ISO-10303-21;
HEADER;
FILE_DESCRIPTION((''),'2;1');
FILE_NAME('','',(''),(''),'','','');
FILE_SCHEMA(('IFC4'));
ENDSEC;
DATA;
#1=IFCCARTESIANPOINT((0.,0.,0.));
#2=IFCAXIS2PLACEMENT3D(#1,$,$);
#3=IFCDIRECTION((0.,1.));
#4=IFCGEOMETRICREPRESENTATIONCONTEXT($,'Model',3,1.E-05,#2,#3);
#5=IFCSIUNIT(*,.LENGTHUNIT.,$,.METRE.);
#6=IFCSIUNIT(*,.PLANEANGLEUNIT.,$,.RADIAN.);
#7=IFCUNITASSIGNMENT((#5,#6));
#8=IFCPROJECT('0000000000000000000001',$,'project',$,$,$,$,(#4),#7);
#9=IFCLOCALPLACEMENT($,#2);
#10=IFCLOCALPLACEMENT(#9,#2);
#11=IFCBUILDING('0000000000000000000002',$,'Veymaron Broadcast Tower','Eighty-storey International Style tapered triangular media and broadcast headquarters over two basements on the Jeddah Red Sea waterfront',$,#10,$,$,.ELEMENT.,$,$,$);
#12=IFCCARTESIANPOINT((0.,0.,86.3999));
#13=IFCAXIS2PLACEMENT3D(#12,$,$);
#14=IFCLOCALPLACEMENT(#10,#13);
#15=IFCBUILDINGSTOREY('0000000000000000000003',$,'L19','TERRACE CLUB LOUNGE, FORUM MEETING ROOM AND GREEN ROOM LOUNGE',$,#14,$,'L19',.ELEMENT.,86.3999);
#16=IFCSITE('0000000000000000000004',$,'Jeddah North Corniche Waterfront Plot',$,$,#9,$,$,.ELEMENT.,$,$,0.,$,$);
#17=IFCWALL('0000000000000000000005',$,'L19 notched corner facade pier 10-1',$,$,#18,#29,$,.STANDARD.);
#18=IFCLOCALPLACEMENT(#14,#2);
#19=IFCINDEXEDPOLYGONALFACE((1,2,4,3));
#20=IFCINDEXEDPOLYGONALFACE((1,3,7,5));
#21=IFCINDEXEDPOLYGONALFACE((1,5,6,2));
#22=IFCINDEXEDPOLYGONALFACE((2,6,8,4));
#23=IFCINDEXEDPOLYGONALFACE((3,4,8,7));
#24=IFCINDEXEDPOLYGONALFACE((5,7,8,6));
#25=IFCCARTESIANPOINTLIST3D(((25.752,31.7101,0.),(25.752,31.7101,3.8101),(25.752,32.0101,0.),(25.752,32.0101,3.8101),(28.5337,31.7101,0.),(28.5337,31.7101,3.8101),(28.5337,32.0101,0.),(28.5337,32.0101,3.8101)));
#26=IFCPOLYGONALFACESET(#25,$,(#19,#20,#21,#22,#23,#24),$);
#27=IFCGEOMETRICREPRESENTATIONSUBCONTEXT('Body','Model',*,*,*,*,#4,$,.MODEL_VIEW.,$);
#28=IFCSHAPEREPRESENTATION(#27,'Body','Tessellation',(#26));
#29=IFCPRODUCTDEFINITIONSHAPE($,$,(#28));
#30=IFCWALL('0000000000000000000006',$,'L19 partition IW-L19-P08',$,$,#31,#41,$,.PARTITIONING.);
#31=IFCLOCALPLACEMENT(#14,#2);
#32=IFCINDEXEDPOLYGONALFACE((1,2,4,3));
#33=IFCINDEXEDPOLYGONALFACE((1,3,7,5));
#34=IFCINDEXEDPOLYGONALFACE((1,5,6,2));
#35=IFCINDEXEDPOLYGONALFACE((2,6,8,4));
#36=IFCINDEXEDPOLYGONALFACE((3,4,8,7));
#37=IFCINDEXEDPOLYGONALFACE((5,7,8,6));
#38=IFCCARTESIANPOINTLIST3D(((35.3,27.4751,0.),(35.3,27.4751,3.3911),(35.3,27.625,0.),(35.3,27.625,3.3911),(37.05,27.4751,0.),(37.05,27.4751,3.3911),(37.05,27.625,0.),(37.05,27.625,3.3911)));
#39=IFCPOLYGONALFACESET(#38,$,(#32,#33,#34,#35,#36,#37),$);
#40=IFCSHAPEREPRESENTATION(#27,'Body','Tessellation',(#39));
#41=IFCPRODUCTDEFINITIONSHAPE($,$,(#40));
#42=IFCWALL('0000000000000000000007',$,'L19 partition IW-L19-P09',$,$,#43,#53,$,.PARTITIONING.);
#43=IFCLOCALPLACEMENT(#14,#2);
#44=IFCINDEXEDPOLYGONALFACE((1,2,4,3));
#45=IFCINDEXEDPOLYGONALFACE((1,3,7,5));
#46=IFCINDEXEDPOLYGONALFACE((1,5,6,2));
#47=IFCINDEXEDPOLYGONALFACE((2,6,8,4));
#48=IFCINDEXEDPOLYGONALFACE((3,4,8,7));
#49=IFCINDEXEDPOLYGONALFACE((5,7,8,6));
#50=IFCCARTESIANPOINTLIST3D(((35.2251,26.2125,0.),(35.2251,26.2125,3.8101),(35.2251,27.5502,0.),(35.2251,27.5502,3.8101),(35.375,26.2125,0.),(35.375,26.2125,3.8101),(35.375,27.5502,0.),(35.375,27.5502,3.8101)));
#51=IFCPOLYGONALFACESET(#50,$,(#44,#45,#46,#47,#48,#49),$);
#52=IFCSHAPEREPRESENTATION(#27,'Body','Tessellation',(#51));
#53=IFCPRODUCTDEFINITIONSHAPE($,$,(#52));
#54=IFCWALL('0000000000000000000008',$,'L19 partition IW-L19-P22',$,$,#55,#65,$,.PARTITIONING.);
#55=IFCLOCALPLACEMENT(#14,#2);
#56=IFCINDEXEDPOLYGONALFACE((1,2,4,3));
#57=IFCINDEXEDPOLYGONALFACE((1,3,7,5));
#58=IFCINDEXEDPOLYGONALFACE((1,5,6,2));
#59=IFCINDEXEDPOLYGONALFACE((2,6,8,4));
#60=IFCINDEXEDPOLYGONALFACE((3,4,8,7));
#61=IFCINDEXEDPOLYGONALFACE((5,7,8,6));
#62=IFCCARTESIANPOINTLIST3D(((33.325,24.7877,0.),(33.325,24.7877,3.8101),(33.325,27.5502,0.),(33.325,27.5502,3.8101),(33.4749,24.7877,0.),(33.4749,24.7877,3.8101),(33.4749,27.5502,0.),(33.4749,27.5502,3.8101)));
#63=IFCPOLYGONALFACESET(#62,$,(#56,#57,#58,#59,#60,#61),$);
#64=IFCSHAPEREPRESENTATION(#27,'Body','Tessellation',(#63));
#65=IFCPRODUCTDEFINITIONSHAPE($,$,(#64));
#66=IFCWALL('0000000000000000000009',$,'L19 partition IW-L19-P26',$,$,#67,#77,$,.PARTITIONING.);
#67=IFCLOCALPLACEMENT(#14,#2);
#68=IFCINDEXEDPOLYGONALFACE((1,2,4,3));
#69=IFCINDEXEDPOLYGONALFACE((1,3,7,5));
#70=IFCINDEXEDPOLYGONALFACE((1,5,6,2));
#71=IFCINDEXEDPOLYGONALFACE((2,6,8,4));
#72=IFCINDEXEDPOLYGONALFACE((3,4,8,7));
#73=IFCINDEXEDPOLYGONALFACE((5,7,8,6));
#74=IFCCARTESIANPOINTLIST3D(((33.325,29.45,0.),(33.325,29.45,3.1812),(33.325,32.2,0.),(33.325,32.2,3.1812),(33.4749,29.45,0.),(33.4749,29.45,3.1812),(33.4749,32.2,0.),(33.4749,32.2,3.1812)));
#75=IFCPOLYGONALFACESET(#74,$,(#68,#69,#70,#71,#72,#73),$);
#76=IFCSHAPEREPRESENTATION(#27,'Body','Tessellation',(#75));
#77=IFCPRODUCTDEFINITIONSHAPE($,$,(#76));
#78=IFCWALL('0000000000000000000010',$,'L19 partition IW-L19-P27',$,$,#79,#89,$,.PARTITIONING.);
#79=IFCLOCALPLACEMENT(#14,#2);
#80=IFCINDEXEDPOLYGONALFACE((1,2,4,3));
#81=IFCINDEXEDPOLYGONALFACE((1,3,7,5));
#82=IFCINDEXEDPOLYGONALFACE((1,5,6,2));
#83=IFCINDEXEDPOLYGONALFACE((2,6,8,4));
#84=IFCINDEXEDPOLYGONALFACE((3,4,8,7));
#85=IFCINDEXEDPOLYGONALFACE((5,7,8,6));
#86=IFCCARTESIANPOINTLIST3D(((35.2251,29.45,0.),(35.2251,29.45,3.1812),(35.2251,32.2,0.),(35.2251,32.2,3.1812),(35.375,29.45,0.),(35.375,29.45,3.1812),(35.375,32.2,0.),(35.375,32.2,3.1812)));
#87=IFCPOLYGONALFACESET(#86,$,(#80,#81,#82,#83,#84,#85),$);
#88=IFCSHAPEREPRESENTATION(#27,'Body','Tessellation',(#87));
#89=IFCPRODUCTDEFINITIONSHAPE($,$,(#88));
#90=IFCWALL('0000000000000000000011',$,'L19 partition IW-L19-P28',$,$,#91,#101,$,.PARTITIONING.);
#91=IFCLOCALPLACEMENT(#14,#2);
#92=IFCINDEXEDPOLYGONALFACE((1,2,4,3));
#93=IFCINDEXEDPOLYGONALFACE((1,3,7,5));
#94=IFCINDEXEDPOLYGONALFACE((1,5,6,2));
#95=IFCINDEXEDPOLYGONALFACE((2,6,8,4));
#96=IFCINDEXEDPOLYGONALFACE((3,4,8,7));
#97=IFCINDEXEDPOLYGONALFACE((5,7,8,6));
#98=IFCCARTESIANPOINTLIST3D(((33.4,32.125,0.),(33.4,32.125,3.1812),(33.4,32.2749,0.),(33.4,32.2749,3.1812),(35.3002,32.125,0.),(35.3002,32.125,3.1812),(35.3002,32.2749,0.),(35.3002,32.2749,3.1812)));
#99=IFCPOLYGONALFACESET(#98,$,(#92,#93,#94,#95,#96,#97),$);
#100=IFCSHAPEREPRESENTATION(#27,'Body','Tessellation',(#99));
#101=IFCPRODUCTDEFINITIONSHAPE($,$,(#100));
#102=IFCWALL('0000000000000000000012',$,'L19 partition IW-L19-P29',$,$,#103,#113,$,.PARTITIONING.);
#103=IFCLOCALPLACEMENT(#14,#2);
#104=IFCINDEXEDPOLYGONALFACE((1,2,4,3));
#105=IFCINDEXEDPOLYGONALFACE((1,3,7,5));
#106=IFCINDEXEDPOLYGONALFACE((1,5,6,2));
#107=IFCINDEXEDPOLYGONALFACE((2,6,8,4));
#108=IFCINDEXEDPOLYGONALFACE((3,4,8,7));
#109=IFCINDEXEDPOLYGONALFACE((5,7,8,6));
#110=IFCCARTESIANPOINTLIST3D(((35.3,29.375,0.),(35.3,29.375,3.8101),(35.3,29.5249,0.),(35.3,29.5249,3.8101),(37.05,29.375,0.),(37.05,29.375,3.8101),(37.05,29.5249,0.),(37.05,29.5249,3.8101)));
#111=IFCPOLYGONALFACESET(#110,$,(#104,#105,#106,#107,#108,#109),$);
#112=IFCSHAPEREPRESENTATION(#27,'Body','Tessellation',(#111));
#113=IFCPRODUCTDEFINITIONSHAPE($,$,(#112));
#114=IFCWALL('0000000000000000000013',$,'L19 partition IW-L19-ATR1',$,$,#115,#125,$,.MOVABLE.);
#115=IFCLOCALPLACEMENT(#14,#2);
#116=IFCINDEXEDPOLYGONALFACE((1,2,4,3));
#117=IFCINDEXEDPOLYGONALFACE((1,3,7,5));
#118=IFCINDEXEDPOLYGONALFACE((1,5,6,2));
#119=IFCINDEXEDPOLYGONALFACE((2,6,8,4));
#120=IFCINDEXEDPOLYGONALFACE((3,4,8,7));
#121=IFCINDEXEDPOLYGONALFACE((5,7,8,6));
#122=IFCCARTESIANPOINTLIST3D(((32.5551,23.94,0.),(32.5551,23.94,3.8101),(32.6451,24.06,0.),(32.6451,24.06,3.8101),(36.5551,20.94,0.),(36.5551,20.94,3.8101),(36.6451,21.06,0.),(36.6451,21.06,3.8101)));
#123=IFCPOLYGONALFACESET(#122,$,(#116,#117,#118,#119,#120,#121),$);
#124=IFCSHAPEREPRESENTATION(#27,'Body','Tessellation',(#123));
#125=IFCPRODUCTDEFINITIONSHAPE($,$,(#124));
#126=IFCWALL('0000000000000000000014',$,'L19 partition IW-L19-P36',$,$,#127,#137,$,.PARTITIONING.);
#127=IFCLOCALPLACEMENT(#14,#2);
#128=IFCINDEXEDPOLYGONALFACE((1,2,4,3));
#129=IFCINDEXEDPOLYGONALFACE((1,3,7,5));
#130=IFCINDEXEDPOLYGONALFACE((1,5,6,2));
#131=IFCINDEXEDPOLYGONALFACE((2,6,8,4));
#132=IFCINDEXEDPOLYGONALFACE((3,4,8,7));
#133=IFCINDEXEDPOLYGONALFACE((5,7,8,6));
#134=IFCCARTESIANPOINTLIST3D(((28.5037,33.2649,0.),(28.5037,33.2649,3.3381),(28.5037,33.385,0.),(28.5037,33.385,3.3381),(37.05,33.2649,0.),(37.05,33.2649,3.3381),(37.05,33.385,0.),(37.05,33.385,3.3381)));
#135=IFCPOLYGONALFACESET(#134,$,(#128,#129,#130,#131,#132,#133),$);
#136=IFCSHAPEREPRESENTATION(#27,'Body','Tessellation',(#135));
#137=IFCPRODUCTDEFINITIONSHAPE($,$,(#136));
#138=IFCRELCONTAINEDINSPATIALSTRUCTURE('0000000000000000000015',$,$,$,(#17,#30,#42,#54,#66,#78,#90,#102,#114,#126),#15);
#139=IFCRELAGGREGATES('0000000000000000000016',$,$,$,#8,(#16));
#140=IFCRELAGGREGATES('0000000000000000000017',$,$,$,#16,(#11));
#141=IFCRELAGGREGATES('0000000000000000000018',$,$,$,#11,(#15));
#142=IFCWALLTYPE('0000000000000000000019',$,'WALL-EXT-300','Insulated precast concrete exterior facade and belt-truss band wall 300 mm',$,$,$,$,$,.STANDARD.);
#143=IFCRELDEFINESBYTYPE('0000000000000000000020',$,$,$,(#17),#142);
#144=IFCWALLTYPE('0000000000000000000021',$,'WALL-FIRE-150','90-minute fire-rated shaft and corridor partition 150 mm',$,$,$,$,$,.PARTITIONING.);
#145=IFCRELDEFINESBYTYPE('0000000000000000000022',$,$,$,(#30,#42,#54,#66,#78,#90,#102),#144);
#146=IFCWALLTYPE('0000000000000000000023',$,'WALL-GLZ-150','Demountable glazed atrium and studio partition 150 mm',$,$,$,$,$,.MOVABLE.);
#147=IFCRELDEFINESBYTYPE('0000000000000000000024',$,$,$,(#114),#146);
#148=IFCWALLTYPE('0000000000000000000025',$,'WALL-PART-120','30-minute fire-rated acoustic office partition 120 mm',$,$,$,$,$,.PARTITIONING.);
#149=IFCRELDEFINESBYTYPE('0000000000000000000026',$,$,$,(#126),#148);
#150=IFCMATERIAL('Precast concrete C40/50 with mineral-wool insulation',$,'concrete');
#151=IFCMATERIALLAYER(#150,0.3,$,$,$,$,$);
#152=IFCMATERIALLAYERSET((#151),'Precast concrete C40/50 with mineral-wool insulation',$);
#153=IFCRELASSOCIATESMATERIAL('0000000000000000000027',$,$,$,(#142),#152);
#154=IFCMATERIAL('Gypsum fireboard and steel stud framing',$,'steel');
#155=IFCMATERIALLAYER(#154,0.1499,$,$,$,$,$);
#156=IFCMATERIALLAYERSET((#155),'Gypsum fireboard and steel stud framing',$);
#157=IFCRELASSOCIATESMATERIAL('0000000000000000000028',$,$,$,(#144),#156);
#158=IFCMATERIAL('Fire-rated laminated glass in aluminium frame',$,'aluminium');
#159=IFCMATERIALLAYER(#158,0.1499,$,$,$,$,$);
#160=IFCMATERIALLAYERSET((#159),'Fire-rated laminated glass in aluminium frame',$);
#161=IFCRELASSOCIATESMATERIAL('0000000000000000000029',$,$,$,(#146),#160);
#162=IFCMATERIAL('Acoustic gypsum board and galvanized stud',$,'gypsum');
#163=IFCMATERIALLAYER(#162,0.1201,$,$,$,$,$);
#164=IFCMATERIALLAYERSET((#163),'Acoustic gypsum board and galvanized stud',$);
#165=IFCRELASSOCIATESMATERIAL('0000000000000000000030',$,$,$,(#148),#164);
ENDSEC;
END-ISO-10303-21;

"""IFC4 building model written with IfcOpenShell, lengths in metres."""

from ifc_helpers import new_model, si_unit, direction, frame, frame_2d, origin, place, context, subcontext, project, spatial, rectangle, extrude, material, layer, layer_set, type_object, element, save


model = new_model("IFC4")

# Units and contexts
model_context = context("Model", 3, precision=1e-05, world=origin(), true_north=direction((0.0, 1.0)))
body_context = subcontext(model_context, "Body", "Model", "MODEL_VIEW")
ifc_project = project(units=[si_unit("LENGTHUNIT", "METRE"), si_unit("PLANEANGLEUNIT", "RADIAN")], contexts=[model_context])

# Site, building, storey
site_placement = place(None, origin())
site = spatial("IfcSite", under=ifc_project, at=site_placement, Name="Jeddah North Corniche Waterfront Plot", CompositionType="ELEMENT", RefElevation=0.0)
building_placement = place(site_placement, origin())
building = spatial("IfcBuilding", under=site, at=building_placement, Name="Veymaron Broadcast Tower", Description="Eighty-storey International Style tapered triangular media and broadcast headquarters over two basements on the Jeddah Red Sea waterfront", CompositionType="ELEMENT")
storey_placement = place(building_placement, frame((0.0, 0.0, 86.3999)))
storey = spatial("IfcBuildingStorey", under=building, at=storey_placement, Name="L19", Description="TERRACE CLUB LOUNGE, FORUM MEETING ROOM AND GREEN ROOM LOUNGE", LongName="L19", CompositionType="ELEMENT", Elevation=86.3999)

# Walls
ifc_material_1 = material(Name="Precast concrete C40/50 with mineral-wool insulation", Category="concrete")
ifc_layer_1 = layer(ifc_material_1, 0.3)
ifc_layer_set_1 = layer_set([ifc_layer_1], Name="Precast concrete C40/50 with mineral-wool insulation")
wall_type_1 = type_object("IfcWallType", Name="WALL-EXT-300", Description="Insulated precast concrete exterior facade and belt-truss band wall 300 mm", PredefinedType="STANDARD", material=ifc_layer_set_1)
wall_1_placement = place(storey_placement, frame((28.5337, 31.8601, 0.0), z_axis=(0.0, 0.0, 1.0), x_axis=(-1.0, 0.0, 0.0)))
element("IfcWall", 1, at=wall_1_placement, inside=storey, type_object=wall_type_1, Name="L19 notched corner facade pier 10-1", PredefinedType="STANDARD", context=body_context, shape_type="SweptSolid", body=[
    extrude(rectangle(XDim=2.7817, YDim=0.3, at=frame_2d((1.3909, 0.0))), origin(), (0.0, 0.0, 1.0), 3.8101),
])
ifc_material_2 = material(Name="Gypsum fireboard and steel stud framing", Category="steel")
ifc_layer_2 = layer(ifc_material_2, 0.1499)
ifc_layer_set_2 = layer_set([ifc_layer_2], Name="Gypsum fireboard and steel stud framing")
wall_type_2 = type_object("IfcWallType", Name="WALL-FIRE-150", Description="90-minute fire-rated shaft and corridor partition 150 mm", PredefinedType="PARTITIONING", material=ifc_layer_set_2)
wall_2_placement = place(storey_placement, frame((35.3, 27.55, 0.0), z_axis=(0.0, 0.0, 1.0), x_axis=(1.0, 0.0, 0.0)))
element("IfcWall", 2, at=wall_2_placement, inside=storey, type_object=wall_type_2, Name="L19 partition IW-L19-P08", PredefinedType="PARTITIONING", context=body_context, shape_type="SweptSolid", body=[
    extrude(rectangle(XDim=1.75, YDim=0.1499, at=frame_2d((0.875, 0.0))), origin(), (0.0, 0.0, 1.0), 3.3911),
])
wall_3_placement = place(storey_placement, frame((35.3, 26.2124, 0.0), z_axis=(0.0, 0.0, 1.0), x_axis=(0.0, 1.0, 0.0)))
element("IfcWall", 3, at=wall_3_placement, inside=storey, type_object=wall_type_2, Name="L19 partition IW-L19-P09", PredefinedType="PARTITIONING", context=body_context, shape_type="SweptSolid", body=[
    extrude(rectangle(XDim=1.3376, YDim=0.1499, at=frame_2d((0.6689, 0.0))), origin(), (0.0, 0.0, 1.0), 3.8101),
])
wall_4_placement = place(storey_placement, frame((33.3999, 24.7876, 0.0), z_axis=(0.0, 0.0, 1.0), x_axis=(0.0, 1.0, 0.0)))
element("IfcWall", 4, at=wall_4_placement, inside=storey, type_object=wall_type_2, Name="L19 partition IW-L19-P22", PredefinedType="PARTITIONING", context=body_context, shape_type="SweptSolid", body=[
    extrude(rectangle(XDim=2.7625, YDim=0.1499, at=frame_2d((1.3813, 0.0))), origin(), (0.0, 0.0, 1.0), 3.8101),
])
for number, where, z_axis, x_axis, name in (
    (5, (33.3999, 29.45, 0.0), (0.0, 0.0, 1.0), (0.0, 1.0, 0.0), "L19 partition IW-L19-P26"),
    (6, (35.3, 29.45, 0.0), (0.0, 0.0, 1.0), (0.0, 1.0, 0.0), "L19 partition IW-L19-P27"),
):
    element("IfcWall", number, at=place(storey_placement, frame(where, z_axis=z_axis, x_axis=x_axis)), inside=storey, type_object=wall_type_2, Name=name, PredefinedType="PARTITIONING", context=body_context, shape_type="SweptSolid", body=[
        extrude(rectangle(XDim=2.75, YDim=0.1499, at=frame_2d((1.375, 0.0))), origin(), (0.0, 0.0, 1.0), 3.1812),
    ])
wall_5_placement = place(storey_placement, frame((33.3999, 32.2, 0.0), z_axis=(0.0, 0.0, 1.0), x_axis=(1.0, 0.0, 0.0)))
element("IfcWall", 7, at=wall_5_placement, inside=storey, type_object=wall_type_2, Name="L19 partition IW-L19-P28", PredefinedType="PARTITIONING", context=body_context, shape_type="SweptSolid", body=[
    extrude(rectangle(XDim=1.9001, YDim=0.1499, at=frame_2d((0.9502, 0.0))), origin(), (0.0, 0.0, 1.0), 3.1812),
])
wall_6_placement = place(storey_placement, frame((35.3, 29.45, 0.0), z_axis=(0.0, 0.0, 1.0), x_axis=(1.0, 0.0, 0.0)))
element("IfcWall", 8, at=wall_6_placement, inside=storey, type_object=wall_type_2, Name="L19 partition IW-L19-P29", PredefinedType="PARTITIONING", context=body_context, shape_type="SweptSolid", body=[
    extrude(rectangle(XDim=1.75, YDim=0.1499, at=frame_2d((0.875, 0.0))), origin(), (0.0, 0.0, 1.0), 3.8101),
])
ifc_material_3 = material(Name="Fire-rated laminated glass in aluminium frame", Category="aluminium")
ifc_layer_3 = layer(ifc_material_3, 0.1499)
ifc_layer_set_3 = layer_set([ifc_layer_3], Name="Fire-rated laminated glass in aluminium frame")
wall_type_3 = type_object("IfcWallType", Name="WALL-GLZ-150", Description="Demountable glazed atrium and studio partition 150 mm", PredefinedType="MOVABLE", material=ifc_layer_set_3)
wall_7_placement = place(storey_placement, frame((32.6001, 24.0, 0.0), z_axis=(0.0, 0.0, 1.0), x_axis=(0.8, -0.6, 0.0)))
element("IfcWall", 9, at=wall_7_placement, inside=storey, type_object=wall_type_3, Name="L19 partition IW-L19-ATR1", PredefinedType="MOVABLE", context=body_context, shape_type="SweptSolid", body=[
    extrude(rectangle(XDim=5.0, YDim=0.1499, at=frame_2d((2.5, 0.0))), origin(), (0.0, 0.0, 1.0), 3.8101),
])
ifc_material_4 = material(Name="Acoustic gypsum board and galvanized stud", Category="gypsum")
ifc_layer_4 = layer(ifc_material_4, 0.1201)
ifc_layer_set_4 = layer_set([ifc_layer_4], Name="Acoustic gypsum board and galvanized stud")
wall_type_4 = type_object("IfcWallType", Name="WALL-PART-120", Description="30-minute fire-rated acoustic office partition 120 mm", PredefinedType="PARTITIONING", material=ifc_layer_set_4)
wall_8_placement = place(storey_placement, frame((28.5037, 33.325, 0.0), z_axis=(0.0, 0.0, 1.0), x_axis=(1.0, 0.0, 0.0)))
element("IfcWall", 10, at=wall_8_placement, inside=storey, type_object=wall_type_4, Name="L19 partition IW-L19-P36", PredefinedType="PARTITIONING", context=body_context, shape_type="SweptSolid", body=[
    extrude(rectangle(XDim=8.5464, YDim=0.1201, at=frame_2d((4.2732, 0.0))), origin(), (0.0, 0.0, 1.0), 3.3381),
])

save(model, "model.ifc")
